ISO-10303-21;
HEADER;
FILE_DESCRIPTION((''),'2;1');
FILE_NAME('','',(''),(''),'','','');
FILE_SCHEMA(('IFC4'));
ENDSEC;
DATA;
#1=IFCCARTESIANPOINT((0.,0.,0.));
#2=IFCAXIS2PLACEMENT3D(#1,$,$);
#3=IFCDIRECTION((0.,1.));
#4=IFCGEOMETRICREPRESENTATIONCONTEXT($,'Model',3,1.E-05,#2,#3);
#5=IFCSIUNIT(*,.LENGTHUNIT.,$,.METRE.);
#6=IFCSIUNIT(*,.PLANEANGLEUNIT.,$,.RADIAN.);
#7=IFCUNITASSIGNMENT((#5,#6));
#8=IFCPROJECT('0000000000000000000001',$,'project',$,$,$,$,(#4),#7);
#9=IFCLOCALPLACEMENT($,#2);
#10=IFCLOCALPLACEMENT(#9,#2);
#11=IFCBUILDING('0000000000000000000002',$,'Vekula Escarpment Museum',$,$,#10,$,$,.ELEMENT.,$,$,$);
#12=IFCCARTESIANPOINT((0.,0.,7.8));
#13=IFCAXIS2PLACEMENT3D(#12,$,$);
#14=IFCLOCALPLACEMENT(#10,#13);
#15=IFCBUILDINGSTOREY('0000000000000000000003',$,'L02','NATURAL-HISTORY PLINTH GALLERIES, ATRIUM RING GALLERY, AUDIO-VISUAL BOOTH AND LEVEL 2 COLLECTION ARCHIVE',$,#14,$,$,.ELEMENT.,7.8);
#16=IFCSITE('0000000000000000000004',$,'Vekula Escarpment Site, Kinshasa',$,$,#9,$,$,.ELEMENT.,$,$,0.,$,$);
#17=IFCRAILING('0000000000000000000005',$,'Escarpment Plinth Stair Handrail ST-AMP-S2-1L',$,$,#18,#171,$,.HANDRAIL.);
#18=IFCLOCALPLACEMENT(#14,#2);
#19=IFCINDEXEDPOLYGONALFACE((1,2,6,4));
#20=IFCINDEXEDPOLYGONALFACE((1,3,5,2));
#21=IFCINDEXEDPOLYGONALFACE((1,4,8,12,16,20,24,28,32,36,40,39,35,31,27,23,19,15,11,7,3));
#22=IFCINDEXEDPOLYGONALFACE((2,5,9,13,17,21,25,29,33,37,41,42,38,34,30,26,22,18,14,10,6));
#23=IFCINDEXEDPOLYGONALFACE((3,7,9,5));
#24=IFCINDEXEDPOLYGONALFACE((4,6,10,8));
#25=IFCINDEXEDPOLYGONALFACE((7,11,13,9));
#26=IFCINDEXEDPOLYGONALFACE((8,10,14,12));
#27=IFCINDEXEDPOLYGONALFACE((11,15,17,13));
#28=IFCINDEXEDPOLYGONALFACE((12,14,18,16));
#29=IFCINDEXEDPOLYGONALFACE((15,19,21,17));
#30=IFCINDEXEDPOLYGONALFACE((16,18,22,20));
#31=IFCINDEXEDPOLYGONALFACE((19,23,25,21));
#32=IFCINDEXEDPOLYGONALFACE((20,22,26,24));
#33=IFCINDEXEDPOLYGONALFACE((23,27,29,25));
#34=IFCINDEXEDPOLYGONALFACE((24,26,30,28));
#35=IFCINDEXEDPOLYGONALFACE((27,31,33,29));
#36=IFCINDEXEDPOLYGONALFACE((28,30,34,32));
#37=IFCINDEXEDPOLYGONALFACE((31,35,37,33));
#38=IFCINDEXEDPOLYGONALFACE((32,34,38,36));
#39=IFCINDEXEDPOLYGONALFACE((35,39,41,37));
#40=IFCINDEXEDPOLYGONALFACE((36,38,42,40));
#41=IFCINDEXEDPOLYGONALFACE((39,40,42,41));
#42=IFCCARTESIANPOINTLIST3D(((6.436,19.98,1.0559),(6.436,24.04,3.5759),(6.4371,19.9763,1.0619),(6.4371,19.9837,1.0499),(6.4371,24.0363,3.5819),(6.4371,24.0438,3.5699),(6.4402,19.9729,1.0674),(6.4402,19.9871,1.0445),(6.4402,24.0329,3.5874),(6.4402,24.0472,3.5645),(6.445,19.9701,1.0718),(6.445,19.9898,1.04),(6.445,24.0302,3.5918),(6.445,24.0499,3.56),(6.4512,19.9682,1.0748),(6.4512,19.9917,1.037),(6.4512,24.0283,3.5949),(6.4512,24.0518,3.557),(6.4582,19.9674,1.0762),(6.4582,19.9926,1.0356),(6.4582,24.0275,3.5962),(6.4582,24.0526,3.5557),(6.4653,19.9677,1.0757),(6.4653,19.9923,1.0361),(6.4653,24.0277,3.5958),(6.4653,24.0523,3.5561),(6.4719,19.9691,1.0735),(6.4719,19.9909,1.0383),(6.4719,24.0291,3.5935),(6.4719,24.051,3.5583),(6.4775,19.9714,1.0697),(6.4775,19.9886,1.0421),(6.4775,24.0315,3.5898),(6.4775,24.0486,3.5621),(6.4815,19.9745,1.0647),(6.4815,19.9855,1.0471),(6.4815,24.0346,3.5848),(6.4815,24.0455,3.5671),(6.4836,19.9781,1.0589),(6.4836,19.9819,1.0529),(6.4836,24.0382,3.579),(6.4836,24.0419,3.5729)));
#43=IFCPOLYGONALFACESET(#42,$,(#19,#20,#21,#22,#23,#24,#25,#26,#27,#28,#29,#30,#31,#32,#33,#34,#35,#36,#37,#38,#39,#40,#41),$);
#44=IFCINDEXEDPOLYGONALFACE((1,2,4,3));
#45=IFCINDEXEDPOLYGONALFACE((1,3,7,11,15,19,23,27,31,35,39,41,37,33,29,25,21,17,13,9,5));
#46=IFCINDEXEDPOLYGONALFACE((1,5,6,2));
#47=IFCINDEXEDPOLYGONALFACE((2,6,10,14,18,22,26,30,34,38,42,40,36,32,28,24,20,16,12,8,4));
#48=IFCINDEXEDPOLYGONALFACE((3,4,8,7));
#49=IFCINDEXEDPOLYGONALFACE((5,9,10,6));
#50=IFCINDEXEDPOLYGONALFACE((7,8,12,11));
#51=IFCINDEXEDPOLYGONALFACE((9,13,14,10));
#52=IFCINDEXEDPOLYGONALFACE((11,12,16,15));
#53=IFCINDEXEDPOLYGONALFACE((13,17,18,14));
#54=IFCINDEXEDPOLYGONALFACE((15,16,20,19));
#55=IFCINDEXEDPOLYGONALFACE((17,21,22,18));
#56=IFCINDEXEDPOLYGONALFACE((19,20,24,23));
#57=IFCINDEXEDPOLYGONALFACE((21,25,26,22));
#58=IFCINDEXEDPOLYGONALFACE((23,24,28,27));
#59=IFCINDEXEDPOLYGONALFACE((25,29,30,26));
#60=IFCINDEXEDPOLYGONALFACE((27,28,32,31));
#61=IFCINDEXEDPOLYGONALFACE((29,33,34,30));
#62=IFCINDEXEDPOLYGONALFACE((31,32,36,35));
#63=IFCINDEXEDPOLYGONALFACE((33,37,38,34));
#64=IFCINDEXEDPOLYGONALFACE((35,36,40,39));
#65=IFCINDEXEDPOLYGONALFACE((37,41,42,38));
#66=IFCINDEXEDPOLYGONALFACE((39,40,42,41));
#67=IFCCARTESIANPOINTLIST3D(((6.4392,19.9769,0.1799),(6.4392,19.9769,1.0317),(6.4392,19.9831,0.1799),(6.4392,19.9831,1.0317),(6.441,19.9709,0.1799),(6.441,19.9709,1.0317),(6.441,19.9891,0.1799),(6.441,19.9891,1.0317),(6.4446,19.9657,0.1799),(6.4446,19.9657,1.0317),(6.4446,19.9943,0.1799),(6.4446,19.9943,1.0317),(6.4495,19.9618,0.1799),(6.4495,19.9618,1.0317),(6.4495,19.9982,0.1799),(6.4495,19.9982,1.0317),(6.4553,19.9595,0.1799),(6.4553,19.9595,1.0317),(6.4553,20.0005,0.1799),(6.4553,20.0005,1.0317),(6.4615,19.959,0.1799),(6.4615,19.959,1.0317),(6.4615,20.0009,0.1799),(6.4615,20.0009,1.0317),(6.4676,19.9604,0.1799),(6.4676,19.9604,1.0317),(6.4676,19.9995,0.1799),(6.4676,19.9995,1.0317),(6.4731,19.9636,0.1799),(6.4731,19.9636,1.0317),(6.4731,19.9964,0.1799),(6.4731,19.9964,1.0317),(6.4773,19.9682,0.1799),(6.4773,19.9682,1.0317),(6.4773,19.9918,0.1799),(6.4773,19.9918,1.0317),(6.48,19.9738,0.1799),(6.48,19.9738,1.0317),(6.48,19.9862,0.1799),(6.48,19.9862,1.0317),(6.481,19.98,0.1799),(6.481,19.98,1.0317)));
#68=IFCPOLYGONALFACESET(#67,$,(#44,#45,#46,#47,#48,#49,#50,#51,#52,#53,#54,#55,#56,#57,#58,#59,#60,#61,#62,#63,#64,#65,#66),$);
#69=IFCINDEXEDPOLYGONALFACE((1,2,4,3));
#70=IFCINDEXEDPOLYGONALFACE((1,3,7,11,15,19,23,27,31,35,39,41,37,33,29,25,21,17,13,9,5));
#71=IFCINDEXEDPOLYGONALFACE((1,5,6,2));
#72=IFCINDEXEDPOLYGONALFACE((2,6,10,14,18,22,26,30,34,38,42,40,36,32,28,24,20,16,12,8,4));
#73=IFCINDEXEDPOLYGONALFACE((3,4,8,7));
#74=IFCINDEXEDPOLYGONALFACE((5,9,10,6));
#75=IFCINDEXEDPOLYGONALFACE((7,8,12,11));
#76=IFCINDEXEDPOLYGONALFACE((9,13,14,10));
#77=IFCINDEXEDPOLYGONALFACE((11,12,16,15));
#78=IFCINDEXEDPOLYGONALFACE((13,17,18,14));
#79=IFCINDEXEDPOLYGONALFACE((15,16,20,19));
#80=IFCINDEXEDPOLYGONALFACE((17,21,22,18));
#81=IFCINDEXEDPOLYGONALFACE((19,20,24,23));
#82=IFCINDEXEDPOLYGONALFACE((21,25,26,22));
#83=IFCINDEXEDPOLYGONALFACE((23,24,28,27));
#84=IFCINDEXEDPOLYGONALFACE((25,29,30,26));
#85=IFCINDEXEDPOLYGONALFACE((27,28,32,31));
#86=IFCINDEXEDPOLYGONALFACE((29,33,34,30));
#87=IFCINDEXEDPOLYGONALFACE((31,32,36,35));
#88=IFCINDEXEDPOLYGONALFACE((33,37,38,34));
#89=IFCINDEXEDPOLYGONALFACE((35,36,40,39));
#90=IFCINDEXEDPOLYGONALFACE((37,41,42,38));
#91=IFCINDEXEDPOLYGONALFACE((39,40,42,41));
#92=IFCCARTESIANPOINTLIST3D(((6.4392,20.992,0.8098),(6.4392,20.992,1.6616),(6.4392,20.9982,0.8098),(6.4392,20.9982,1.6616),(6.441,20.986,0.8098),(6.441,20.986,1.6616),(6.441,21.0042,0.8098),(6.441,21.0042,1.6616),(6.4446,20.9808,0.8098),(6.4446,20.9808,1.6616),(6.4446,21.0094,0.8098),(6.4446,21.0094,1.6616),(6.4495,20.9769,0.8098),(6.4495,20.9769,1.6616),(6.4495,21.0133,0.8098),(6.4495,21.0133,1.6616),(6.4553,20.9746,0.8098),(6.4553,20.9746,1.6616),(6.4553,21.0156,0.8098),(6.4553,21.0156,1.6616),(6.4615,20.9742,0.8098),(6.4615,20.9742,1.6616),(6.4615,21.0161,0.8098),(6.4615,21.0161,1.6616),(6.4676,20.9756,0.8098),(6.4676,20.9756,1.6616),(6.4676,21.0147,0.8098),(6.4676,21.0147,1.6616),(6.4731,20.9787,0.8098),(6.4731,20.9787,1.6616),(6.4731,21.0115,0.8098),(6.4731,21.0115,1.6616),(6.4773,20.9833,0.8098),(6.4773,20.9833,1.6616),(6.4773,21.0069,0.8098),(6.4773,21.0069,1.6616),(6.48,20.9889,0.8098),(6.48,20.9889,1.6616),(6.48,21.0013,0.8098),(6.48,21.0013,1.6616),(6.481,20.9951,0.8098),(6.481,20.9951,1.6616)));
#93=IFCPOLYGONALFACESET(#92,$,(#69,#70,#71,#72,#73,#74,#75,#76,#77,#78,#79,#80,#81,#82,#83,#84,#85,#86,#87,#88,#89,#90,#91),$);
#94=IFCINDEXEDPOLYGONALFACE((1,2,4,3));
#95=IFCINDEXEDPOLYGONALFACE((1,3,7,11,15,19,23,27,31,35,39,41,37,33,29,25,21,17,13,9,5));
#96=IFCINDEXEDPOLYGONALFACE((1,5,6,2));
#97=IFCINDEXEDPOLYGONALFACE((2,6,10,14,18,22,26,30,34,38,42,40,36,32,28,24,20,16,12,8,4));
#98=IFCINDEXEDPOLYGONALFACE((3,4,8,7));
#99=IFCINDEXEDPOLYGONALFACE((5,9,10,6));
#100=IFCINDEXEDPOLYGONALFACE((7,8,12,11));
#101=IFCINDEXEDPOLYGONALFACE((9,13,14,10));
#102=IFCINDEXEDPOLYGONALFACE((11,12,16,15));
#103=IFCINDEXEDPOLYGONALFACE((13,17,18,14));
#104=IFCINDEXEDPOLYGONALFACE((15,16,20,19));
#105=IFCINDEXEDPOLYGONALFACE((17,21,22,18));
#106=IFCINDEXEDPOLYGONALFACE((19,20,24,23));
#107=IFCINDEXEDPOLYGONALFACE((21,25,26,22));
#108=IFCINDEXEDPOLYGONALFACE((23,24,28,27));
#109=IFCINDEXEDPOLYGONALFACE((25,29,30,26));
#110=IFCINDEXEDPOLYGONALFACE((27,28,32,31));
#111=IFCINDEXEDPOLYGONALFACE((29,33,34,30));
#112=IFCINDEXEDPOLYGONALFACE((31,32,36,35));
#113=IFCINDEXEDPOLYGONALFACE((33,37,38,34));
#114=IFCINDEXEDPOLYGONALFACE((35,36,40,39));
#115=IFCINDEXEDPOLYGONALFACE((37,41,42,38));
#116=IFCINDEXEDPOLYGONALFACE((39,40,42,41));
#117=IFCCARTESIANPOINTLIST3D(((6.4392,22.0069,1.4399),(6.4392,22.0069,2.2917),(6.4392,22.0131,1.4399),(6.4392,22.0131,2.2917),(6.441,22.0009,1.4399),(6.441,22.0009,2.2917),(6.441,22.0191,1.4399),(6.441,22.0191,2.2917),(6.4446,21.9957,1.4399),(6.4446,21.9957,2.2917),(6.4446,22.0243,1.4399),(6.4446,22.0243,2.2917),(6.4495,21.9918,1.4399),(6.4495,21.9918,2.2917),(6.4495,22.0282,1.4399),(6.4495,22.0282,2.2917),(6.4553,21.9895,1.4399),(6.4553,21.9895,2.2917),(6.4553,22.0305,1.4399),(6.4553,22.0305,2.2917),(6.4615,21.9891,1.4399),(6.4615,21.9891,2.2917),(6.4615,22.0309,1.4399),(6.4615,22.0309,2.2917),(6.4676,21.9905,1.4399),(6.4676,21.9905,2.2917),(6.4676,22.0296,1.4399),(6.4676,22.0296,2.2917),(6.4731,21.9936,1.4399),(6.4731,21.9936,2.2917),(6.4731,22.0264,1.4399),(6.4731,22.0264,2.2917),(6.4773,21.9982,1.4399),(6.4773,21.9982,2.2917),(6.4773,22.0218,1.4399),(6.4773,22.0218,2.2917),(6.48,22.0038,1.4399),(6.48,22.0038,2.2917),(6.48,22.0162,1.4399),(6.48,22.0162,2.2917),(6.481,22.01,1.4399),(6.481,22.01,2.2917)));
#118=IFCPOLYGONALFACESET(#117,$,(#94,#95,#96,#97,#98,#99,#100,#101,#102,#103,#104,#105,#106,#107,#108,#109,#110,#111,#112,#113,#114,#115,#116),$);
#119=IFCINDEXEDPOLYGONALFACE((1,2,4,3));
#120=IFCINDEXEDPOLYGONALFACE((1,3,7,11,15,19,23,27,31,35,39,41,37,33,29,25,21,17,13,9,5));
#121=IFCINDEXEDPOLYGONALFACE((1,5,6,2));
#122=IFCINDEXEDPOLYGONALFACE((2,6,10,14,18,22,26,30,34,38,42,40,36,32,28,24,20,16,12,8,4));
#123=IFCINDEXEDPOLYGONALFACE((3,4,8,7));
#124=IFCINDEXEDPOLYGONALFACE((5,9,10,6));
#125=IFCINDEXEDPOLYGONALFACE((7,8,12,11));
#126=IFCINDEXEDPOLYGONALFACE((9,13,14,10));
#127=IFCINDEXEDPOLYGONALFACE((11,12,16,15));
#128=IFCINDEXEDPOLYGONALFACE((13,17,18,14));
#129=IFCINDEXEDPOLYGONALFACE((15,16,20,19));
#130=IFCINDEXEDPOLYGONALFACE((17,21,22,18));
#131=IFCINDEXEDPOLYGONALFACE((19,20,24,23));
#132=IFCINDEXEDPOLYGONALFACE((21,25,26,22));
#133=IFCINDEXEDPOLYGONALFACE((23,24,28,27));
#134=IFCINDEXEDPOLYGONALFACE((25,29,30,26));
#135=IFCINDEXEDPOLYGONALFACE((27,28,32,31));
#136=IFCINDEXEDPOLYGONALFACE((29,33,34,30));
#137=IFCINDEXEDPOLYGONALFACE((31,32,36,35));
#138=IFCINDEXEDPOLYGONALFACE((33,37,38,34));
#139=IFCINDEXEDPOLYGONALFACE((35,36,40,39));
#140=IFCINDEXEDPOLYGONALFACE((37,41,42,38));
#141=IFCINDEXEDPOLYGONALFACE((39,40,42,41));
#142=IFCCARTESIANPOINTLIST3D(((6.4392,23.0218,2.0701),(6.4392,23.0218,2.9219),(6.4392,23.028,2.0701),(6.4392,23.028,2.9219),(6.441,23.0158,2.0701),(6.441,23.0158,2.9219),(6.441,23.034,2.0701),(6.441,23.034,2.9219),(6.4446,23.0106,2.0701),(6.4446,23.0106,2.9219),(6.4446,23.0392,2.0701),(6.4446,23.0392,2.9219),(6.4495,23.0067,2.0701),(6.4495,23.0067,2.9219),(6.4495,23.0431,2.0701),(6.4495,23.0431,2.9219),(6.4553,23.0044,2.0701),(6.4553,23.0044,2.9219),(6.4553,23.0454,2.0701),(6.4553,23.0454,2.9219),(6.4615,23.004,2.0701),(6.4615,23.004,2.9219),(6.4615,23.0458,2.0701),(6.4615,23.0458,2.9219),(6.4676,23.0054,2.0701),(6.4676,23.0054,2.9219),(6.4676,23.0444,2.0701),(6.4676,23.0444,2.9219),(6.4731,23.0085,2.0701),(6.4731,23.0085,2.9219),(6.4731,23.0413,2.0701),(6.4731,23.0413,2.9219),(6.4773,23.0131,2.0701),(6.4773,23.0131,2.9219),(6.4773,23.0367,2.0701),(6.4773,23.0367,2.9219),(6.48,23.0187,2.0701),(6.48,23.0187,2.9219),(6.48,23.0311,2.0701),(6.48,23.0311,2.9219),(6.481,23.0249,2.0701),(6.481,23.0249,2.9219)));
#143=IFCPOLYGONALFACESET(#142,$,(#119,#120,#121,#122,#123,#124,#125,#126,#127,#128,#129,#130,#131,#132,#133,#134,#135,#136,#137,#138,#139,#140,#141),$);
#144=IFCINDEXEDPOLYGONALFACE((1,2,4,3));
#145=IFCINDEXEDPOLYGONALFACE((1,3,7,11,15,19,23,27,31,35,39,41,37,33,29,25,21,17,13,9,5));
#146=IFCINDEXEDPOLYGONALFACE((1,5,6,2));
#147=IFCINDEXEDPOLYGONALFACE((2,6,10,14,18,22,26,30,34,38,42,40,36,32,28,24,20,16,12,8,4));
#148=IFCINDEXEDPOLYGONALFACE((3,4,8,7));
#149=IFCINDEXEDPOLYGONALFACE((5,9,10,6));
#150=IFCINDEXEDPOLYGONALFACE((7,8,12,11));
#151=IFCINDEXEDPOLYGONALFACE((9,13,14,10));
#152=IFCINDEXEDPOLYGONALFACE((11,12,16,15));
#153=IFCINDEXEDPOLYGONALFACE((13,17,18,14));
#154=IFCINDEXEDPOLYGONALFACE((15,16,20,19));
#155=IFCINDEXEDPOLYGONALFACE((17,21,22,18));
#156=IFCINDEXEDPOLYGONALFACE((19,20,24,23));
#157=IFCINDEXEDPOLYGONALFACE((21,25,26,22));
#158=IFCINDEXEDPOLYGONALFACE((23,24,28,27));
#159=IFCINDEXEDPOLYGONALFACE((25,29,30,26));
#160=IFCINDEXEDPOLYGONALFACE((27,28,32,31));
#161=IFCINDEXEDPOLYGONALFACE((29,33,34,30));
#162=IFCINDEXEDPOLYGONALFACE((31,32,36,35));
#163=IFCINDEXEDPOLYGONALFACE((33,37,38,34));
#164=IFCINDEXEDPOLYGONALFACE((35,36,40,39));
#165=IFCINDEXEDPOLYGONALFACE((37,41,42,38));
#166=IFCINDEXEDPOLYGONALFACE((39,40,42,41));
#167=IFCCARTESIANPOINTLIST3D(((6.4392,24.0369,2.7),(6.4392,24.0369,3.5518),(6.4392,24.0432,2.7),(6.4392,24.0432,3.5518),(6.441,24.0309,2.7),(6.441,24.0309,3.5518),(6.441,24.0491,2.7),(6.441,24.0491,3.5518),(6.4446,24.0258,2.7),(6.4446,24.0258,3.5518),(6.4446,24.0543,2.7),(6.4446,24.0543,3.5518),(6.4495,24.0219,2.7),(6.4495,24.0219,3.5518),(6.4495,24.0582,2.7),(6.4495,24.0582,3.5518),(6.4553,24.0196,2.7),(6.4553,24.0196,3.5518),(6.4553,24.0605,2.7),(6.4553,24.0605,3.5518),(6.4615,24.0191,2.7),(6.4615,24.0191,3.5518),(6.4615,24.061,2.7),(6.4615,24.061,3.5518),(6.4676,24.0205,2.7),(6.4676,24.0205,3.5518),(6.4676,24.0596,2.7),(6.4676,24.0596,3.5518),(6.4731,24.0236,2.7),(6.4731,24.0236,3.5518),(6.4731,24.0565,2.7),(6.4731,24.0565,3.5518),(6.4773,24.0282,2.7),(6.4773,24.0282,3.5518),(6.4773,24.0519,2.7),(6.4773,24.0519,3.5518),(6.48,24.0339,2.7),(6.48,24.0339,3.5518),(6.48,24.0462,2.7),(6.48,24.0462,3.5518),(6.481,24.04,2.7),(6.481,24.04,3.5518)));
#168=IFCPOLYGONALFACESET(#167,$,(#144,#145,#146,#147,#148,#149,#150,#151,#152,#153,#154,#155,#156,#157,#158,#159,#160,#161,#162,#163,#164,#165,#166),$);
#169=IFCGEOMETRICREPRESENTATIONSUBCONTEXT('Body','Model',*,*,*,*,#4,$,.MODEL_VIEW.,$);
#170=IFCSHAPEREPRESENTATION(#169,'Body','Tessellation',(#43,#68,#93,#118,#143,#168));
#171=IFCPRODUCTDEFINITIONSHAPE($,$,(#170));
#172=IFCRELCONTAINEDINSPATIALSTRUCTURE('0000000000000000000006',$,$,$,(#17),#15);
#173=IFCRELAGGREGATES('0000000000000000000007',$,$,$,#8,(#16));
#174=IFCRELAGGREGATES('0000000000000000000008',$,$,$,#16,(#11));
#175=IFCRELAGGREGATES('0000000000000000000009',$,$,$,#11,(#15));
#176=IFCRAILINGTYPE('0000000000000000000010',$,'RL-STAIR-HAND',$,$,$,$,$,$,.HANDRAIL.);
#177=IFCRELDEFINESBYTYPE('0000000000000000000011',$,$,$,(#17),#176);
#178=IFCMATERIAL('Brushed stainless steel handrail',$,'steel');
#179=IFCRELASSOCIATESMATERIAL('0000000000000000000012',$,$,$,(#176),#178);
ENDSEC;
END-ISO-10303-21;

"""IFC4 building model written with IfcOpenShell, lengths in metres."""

from ifc_helpers import new_model, si_unit, direction, frame, origin, origin_2d, place, context, subcontext, project, spatial, circle, extrude, material, type_object, element, save


model = new_model("IFC4")

# Units and contexts
model_context = context("Model", 3, precision=1e-05, world=origin(), true_north=direction((0.0, 1.0)))
body_context = subcontext(model_context, "Body", "Model", "MODEL_VIEW")
ifc_project = project(units=[si_unit("LENGTHUNIT", "METRE"), si_unit("PLANEANGLEUNIT", "RADIAN")], contexts=[model_context])

# Site, building, storey
site_placement = place(None, origin())
site = spatial("IfcSite", under=ifc_project, at=site_placement, Name="Vekula Escarpment Site, Kinshasa", CompositionType="ELEMENT", RefElevation=0.0)
building_placement = place(site_placement, origin())
building = spatial("IfcBuilding", under=site, at=building_placement, Name="Vekula Escarpment Museum", CompositionType="ELEMENT")
storey_placement = place(building_placement, frame((0.0, 0.0, 7.8)))
storey = spatial("IfcBuildingStorey", under=building, at=storey_placement, Name="L02", Description="NATURAL-HISTORY PLINTH GALLERIES, ATRIUM RING GALLERY, AUDIO-VISUAL BOOTH AND LEVEL 2 COLLECTION ARCHIVE", CompositionType="ELEMENT", Elevation=7.8)

# Railing
ifc_material_1 = material(Name="Brushed stainless steel handrail", Category="steel")
railing_type_1 = type_object("IfcRailingType", Name="RL-STAIR-HAND", PredefinedType="HANDRAIL", material=ifc_material_1)
for number, where, name in (
    (1, (6.46, 19.98, 0.1799), "Escarpment Plinth Stair Handrail ST-AMP-S2-1L"),
):
    element("IfcRailing", number, at=place(storey_placement, frame(where)), inside=storey, type_object=railing_type_1, Name=name, PredefinedType="HANDRAIL", context=body_context, shape_type="SweptSolid", body=[
        extrude(circle(Radius=0.0239, at=origin_2d()), frame((0.0, 0.0, 0.876), z_axis=(0.0, 0.849642, 0.52736), x_axis=(-1.0, 0.0, 0.0)), (0.0, 0.0, 1.0), 4.7786),
        extrude(circle(Radius=0.021, at=origin_2d()), origin(), (0.0, 0.0, 1.0), 0.8518),
        extrude(circle(Radius=0.021, at=origin_2d()), frame((0.0, 1.0151, 0.6299)), (0.0, 0.0, 1.0), 0.8518),
        extrude(circle(Radius=0.021, at=origin_2d()), frame((0.0, 2.03, 1.26)), (0.0, 0.0, 1.0), 0.8518),
        extrude(circle(Radius=0.021, at=origin_2d()), frame((0.0, 3.0449, 1.8901)), (0.0, 0.0, 1.0), 0.8518),
        extrude(circle(Radius=0.021, at=origin_2d()), frame((0.0, 4.0601, 2.52)), (0.0, 0.0, 1.0), 0.8518),
    ])

save(model, "model.ifc")
